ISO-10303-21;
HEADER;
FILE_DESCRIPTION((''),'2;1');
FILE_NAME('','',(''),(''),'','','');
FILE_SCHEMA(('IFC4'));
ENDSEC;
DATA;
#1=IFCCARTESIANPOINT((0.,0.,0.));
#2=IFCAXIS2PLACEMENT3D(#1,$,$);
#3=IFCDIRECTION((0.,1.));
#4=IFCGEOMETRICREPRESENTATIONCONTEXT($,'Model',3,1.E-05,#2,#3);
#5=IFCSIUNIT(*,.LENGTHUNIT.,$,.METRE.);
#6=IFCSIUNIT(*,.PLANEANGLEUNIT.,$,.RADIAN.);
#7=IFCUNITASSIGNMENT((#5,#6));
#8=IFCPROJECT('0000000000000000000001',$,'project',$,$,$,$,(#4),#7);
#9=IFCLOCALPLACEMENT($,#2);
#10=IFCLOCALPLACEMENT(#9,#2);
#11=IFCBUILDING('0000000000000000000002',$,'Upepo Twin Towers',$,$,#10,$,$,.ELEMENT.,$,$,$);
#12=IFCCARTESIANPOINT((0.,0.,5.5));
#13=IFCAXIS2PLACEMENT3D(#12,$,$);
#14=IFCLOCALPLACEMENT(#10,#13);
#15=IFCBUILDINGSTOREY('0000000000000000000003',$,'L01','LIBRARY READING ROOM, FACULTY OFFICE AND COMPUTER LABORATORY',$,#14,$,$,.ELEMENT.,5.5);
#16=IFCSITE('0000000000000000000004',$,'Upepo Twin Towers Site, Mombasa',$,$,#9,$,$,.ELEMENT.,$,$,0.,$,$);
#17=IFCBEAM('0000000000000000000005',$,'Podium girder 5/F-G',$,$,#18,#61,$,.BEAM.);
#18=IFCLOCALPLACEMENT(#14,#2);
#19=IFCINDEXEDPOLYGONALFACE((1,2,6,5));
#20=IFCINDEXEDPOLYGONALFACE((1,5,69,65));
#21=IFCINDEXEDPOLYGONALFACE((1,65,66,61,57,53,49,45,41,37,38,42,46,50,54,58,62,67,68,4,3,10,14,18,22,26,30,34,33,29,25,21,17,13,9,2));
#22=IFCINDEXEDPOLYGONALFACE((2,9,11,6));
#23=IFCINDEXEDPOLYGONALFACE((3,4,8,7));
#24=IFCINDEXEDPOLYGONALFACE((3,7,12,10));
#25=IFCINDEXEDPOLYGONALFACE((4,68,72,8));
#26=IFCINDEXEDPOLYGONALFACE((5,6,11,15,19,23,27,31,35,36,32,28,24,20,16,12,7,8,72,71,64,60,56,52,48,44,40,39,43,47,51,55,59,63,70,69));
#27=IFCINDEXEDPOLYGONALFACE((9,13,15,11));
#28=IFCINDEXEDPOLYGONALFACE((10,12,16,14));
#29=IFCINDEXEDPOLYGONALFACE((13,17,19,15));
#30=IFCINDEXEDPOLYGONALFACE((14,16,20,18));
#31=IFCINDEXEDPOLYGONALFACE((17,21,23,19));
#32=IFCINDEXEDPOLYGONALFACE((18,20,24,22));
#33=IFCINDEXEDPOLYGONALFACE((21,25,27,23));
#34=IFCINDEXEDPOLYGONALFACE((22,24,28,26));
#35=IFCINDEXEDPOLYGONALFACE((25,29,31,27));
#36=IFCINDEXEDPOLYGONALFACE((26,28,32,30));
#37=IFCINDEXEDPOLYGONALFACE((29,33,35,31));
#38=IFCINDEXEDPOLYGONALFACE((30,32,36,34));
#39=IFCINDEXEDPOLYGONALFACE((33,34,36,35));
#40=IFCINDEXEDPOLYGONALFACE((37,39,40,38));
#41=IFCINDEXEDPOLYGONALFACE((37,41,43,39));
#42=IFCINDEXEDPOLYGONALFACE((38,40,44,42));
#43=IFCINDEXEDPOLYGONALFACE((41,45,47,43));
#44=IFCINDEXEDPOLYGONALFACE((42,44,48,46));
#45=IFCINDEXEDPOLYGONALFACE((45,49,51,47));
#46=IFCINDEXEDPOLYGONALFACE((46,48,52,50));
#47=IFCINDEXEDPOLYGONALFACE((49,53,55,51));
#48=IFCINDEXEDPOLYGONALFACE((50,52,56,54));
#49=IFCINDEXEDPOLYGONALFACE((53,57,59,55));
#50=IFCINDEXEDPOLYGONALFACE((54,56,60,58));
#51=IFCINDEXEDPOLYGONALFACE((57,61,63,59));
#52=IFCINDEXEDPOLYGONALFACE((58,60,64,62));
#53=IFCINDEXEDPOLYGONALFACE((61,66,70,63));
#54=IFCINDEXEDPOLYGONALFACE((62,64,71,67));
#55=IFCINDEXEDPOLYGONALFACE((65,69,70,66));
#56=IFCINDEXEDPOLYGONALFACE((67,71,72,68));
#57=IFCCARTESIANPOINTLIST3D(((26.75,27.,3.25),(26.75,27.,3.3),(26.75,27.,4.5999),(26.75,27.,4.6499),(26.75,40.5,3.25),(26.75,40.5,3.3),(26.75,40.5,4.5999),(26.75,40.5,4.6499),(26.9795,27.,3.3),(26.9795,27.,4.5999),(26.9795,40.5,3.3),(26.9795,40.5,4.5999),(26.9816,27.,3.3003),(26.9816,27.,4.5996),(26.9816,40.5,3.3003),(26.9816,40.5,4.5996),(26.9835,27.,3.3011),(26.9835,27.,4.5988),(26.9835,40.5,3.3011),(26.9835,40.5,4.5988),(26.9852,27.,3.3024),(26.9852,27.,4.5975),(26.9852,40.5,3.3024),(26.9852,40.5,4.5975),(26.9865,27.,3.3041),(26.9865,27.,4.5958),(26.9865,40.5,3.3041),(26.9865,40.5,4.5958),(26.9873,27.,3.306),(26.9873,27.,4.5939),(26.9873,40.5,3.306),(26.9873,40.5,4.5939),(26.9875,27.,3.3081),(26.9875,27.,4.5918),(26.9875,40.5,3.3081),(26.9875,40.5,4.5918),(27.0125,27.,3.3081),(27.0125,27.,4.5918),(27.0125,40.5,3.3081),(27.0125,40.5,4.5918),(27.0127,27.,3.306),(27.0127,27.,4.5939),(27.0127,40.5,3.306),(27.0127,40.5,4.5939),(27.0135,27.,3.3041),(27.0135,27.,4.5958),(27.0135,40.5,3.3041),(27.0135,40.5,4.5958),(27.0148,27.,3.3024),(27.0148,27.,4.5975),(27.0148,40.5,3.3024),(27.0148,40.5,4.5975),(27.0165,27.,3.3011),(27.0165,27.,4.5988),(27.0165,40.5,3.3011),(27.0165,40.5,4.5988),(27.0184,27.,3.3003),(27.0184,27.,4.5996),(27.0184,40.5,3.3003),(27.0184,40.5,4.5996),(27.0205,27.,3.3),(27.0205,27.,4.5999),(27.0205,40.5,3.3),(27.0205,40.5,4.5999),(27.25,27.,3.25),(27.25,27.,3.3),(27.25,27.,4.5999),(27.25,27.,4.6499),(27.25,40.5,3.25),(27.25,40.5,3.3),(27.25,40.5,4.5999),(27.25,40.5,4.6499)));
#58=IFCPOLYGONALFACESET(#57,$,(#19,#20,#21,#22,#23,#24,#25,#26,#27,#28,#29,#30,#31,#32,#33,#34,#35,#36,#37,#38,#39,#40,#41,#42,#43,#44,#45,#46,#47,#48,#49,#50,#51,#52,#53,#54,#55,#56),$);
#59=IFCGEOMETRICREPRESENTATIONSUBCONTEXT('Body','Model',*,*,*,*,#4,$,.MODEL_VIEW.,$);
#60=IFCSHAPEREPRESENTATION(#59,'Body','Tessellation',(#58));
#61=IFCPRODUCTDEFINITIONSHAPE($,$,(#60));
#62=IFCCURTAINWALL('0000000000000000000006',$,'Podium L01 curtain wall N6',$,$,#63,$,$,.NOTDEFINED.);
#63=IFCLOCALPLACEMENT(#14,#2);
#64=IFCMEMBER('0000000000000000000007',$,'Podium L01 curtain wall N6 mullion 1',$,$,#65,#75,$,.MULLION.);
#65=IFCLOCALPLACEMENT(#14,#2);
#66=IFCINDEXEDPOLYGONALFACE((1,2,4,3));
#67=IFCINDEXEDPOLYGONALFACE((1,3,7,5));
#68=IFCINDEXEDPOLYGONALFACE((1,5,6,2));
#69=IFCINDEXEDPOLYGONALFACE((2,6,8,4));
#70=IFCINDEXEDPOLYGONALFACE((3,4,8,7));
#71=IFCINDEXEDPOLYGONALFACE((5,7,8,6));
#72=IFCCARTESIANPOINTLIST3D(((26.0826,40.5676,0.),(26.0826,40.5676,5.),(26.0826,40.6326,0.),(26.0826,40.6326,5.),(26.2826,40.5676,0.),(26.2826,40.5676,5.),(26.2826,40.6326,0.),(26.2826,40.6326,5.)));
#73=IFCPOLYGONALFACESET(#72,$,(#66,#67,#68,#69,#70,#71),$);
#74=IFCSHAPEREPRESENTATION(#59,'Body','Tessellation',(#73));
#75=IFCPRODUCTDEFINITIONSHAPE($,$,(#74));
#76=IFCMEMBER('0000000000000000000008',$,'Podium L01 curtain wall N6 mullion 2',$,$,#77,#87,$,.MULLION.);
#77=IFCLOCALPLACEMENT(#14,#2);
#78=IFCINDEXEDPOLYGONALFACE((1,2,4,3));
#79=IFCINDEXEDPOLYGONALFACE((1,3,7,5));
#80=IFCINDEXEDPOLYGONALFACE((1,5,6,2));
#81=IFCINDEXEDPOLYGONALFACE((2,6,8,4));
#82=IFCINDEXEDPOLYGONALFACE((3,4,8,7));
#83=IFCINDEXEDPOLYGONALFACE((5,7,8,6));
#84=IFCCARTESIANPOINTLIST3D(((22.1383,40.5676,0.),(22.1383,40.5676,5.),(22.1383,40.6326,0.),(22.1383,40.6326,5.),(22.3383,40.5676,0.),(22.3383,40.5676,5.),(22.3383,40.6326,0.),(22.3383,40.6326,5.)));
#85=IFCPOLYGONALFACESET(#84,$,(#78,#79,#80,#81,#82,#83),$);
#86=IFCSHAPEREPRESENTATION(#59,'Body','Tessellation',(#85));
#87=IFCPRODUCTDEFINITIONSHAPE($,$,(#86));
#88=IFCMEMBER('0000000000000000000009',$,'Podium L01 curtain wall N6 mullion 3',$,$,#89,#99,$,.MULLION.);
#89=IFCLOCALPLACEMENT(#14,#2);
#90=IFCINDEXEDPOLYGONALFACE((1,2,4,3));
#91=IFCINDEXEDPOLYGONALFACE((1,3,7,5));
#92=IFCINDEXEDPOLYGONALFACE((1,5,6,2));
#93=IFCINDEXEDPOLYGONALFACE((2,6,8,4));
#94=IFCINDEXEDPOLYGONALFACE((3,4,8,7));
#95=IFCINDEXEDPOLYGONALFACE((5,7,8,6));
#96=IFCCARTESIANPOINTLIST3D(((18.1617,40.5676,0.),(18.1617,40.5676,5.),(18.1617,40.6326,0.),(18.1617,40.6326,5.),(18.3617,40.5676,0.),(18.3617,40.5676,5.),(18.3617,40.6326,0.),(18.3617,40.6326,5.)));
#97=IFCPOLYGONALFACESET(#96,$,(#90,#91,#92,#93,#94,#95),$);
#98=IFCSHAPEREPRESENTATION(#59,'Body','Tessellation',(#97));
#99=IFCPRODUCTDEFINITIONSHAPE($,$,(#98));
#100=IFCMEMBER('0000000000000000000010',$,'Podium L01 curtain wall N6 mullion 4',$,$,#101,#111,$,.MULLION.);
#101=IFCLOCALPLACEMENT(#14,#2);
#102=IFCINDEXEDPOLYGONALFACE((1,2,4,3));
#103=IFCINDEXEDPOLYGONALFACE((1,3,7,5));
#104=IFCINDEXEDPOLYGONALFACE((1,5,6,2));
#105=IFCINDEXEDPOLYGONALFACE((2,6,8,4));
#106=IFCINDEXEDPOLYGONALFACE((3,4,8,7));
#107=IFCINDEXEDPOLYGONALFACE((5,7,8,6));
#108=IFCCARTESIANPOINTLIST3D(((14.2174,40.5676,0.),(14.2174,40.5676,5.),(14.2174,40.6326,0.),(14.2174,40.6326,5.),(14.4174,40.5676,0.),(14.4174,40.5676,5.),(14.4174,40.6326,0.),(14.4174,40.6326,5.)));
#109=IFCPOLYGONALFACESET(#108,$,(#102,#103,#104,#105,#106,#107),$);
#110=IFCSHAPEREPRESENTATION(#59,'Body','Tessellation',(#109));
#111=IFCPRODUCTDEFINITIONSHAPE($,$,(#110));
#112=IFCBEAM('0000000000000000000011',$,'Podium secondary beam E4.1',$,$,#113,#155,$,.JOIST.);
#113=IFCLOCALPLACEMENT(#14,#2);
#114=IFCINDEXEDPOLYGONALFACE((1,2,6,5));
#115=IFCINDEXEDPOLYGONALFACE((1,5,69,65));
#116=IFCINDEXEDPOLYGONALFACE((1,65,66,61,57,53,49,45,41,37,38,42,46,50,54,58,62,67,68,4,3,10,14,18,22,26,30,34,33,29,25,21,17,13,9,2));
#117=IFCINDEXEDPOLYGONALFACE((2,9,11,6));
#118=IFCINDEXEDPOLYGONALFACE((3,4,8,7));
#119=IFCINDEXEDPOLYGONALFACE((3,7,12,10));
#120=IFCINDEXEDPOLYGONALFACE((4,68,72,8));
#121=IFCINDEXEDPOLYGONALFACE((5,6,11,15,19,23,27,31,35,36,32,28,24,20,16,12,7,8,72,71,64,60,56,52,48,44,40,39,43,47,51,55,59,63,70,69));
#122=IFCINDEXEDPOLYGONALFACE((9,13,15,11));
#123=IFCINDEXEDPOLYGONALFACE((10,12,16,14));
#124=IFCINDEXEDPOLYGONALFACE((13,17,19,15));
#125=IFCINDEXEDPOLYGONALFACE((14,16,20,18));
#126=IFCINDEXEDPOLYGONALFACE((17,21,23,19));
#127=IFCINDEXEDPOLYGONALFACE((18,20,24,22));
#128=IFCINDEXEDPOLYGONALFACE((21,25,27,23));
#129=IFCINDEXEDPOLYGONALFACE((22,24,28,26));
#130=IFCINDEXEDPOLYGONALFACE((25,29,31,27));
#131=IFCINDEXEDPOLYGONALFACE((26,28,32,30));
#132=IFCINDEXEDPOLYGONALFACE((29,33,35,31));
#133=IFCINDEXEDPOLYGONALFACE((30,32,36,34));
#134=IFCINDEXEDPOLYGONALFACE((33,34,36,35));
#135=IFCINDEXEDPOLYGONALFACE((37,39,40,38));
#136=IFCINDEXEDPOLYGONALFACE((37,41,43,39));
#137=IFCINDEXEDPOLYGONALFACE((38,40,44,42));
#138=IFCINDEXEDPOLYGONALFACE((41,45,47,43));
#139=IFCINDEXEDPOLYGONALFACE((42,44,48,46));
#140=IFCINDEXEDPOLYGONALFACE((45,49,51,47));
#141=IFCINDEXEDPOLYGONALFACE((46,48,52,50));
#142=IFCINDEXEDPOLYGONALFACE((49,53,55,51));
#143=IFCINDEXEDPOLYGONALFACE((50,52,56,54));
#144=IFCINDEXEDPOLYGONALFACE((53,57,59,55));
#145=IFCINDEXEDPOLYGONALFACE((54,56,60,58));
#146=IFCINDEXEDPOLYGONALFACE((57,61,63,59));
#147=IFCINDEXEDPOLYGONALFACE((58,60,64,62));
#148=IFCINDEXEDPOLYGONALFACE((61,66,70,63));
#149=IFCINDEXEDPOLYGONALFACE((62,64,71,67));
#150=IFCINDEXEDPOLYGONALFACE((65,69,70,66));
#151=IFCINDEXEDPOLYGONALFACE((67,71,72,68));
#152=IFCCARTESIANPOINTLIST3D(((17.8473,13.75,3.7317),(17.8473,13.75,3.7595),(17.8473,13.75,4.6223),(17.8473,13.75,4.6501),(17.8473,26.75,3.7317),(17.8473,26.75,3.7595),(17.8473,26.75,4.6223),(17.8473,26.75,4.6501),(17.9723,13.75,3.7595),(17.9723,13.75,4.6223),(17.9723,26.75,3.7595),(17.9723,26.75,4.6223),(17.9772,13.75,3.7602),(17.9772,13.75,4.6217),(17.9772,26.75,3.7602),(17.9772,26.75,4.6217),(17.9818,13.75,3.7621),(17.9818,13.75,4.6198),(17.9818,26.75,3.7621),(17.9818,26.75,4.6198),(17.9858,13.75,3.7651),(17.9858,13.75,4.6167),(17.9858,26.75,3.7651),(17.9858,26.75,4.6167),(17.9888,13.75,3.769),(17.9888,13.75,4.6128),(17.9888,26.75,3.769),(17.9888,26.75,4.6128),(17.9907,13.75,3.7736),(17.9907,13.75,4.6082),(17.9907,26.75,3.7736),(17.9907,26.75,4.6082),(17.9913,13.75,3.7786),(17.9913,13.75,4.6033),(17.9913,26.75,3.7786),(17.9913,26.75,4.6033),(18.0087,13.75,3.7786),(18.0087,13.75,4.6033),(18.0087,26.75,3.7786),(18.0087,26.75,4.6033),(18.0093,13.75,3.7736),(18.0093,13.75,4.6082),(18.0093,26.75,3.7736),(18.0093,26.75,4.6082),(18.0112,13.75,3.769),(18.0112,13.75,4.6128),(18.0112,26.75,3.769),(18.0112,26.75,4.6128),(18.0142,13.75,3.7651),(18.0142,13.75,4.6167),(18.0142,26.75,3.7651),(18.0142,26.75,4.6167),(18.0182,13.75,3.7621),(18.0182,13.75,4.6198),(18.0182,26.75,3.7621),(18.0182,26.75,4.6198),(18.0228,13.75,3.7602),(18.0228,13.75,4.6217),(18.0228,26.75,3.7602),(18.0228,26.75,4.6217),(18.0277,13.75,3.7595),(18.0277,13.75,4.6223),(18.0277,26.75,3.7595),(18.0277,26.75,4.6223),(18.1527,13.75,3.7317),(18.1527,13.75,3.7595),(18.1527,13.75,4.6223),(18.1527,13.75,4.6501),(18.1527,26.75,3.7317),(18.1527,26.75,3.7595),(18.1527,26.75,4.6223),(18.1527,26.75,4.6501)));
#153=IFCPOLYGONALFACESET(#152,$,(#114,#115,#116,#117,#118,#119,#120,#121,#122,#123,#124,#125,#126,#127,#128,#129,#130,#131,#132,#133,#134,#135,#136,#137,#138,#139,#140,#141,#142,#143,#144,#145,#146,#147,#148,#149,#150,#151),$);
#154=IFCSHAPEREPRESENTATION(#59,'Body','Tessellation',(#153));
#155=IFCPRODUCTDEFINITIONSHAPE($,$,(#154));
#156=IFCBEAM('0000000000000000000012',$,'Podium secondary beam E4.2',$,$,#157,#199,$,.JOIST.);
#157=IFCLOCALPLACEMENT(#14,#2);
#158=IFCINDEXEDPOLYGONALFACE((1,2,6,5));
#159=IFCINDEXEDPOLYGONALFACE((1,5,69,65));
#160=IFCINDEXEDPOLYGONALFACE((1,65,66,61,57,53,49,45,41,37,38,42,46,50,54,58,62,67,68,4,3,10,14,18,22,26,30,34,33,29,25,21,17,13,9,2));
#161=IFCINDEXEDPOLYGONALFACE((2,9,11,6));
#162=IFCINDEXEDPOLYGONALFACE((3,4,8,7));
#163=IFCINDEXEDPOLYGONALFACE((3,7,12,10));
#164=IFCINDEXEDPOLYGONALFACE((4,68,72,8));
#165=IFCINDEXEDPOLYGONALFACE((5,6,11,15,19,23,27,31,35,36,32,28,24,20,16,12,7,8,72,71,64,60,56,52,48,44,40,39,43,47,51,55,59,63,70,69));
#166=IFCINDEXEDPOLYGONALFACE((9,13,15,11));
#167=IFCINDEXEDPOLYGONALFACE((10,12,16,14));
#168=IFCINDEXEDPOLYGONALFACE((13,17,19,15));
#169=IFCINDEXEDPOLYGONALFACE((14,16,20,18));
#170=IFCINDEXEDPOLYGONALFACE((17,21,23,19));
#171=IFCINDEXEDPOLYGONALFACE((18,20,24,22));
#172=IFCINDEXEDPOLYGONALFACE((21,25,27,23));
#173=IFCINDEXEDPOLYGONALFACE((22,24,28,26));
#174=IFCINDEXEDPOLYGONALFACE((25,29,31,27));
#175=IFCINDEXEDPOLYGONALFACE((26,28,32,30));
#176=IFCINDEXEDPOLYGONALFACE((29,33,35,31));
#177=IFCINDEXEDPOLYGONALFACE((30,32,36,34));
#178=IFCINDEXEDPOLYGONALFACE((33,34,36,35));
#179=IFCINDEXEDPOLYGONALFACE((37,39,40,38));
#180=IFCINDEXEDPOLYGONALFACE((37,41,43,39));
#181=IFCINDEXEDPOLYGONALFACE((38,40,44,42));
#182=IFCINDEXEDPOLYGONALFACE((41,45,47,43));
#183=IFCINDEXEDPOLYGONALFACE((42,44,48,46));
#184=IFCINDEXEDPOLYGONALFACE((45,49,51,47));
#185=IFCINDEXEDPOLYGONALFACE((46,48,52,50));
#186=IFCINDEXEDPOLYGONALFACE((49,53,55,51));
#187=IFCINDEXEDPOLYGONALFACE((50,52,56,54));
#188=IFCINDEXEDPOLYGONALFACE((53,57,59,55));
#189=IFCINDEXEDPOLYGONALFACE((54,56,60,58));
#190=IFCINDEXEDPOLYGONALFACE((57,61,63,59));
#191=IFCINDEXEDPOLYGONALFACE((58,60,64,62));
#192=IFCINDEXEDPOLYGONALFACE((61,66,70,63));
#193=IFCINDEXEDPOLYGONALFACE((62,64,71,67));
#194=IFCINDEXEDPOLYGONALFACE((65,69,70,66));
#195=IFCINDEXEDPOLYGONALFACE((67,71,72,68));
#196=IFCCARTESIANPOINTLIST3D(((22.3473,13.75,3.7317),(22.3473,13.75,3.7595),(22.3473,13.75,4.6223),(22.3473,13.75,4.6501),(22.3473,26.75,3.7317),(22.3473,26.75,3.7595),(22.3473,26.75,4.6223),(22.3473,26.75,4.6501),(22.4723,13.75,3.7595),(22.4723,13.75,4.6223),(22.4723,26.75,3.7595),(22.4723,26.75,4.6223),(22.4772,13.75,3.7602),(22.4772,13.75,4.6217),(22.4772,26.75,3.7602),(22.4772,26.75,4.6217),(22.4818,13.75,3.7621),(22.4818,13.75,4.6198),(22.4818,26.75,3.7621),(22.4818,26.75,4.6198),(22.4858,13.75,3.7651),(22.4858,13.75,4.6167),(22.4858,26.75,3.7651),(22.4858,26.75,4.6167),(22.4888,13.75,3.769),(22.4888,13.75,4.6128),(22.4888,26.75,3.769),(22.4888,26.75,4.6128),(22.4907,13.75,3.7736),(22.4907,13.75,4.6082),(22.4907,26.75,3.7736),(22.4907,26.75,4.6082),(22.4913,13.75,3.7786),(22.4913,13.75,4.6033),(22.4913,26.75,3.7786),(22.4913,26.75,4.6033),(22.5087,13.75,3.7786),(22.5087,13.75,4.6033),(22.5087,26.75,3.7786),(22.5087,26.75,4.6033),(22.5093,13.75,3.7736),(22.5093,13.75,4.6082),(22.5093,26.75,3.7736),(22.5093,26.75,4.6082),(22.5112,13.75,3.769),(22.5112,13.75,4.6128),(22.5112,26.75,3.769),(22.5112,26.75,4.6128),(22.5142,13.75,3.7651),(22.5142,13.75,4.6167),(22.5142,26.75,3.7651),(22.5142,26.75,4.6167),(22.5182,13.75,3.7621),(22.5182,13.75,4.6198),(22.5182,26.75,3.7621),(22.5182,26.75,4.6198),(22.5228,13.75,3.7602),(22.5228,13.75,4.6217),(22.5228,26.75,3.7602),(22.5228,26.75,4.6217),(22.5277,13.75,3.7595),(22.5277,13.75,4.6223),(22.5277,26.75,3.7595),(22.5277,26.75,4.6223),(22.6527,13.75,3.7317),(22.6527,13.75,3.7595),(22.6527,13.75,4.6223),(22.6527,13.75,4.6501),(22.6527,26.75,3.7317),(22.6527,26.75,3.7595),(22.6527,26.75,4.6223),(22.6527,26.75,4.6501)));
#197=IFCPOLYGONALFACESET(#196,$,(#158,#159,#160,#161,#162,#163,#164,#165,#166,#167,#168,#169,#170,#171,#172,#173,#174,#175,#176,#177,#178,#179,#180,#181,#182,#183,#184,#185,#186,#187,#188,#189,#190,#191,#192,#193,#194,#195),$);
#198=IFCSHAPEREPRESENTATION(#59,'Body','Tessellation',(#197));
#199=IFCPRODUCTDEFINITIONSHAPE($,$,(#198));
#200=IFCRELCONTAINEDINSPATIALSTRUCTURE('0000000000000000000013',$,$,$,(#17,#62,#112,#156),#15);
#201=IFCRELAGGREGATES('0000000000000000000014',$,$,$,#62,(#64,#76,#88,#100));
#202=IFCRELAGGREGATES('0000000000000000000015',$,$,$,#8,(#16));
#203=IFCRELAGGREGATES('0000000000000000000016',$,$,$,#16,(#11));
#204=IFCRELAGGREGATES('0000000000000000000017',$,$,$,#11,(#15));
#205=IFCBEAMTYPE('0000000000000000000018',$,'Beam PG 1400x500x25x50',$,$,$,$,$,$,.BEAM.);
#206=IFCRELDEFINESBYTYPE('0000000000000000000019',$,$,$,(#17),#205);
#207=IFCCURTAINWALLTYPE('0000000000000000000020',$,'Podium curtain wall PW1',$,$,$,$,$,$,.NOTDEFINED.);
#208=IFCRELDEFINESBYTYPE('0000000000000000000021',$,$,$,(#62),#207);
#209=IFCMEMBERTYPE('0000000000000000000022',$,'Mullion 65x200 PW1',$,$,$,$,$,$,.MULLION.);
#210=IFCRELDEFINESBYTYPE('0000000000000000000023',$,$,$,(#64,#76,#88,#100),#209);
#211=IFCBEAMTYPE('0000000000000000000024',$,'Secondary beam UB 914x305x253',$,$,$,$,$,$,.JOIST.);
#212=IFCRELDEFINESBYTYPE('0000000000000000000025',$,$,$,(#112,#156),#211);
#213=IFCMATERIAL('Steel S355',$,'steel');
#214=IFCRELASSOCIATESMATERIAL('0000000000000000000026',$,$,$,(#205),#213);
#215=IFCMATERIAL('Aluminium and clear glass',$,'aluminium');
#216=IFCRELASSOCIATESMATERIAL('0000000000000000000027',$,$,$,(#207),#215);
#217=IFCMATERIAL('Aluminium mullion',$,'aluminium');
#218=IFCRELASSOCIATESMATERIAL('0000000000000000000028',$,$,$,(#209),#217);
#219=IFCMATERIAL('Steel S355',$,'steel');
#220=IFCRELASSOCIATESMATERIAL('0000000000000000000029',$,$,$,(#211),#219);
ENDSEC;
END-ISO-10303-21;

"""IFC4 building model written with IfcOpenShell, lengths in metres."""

from ifc_helpers import new_model, si_unit, direction, frame, origin, origin_2d, place, context, subcontext, project, spatial, rectangle, i_section, extrude, material, material_profile, profile_set, type_object, element, aggregate, save


model = new_model("IFC4")

# Units and contexts
model_context = context("Model", 3, precision=1e-05, world=origin(), true_north=direction((0.0, 1.0)))
body_context = subcontext(model_context, "Body", "Model", "MODEL_VIEW")
ifc_project = project(units=[si_unit("LENGTHUNIT", "METRE"), si_unit("PLANEANGLEUNIT", "RADIAN")], contexts=[model_context])

# Site, building, storey
site_placement = place(None, origin())
site = spatial("IfcSite", under=ifc_project, at=site_placement, Name="Upepo Twin Towers Site, Mombasa", CompositionType="ELEMENT", RefElevation=0.0)
building_placement = place(site_placement, origin())
building = spatial("IfcBuilding", under=site, at=building_placement, Name="Upepo Twin Towers", CompositionType="ELEMENT")
storey_placement = place(building_placement, frame((0.0, 0.0, 5.5)))
storey = spatial("IfcBuildingStorey", under=building, at=storey_placement, Name="L01", Description="LIBRARY READING ROOM, FACULTY OFFICE AND COMPUTER LABORATORY", CompositionType="ELEMENT", Elevation=5.5)

# Beam
ifc_material_1 = material(Name="Steel S355", Category="steel")
ifc_material_profile_1 = material_profile(ifc_material_1, i_section(OverallWidth=0.5, OverallDepth=1.3999, WebThickness=0.0249, FlangeThickness=0.05, FilletRadius=0.0081, at=origin_2d()), Name="PG 1400x500x25x50")
ifc_profile_set_1 = profile_set([ifc_material_profile_1], Name="Steel S355")
beam_type_1 = type_object("IfcBeamType", Name="Beam PG 1400x500x25x50", PredefinedType="BEAM", material=ifc_profile_set_1)
for number, where, z_axis, x_axis, name in (
    (1, (27.0, 27.0, 3.95), (0.0, 1.0, 0.0), (-1.0, 0.0, 0.0), "Podium girder 5/F-G"),
):
    element("IfcBeam", number, at=place(storey_placement, frame(where, z_axis=z_axis, x_axis=x_axis)), inside=storey, type_object=beam_type_1, Name=name, PredefinedType="BEAM", context=body_context, shape_type="SweptSolid", body=[
        extrude(i_section(OverallWidth=0.5, OverallDepth=1.3999, WebThickness=0.0249, FlangeThickness=0.05, FilletRadius=0.0081, at=origin_2d()), origin(), (0.0, 0.0, 1.0), 13.5),
    ])

# Curtain wall, members
ifc_material_2 = material(Name="Aluminium and clear glass", Category="aluminium")
curtain_wall_type = type_object("IfcCurtainWallType", Name="Podium curtain wall PW1", PredefinedType="NOTDEFINED", material=ifc_material_2)
curtain_wall_placement = place(storey_placement, origin())
curtain_wall = element("IfcCurtainWall", 2, at=curtain_wall_placement, inside=storey, type_object=curtain_wall_type, Name="Podium L01 curtain wall N6", PredefinedType="NOTDEFINED")
ifc_material_3 = material(Name="Aluminium mullion", Category="aluminium")
ifc_material_profile_2 = material_profile(ifc_material_3, rectangle(XDim=0.0649, YDim=0.2, at=origin_2d()), Name="MULLION 65x200 PODIUM")
ifc_profile_set_2 = profile_set([ifc_material_profile_2], Name="Aluminium mullion")
member_type_1 = type_object("IfcMemberType", Name="Mullion 65x200 PW1", PredefinedType="MULLION", material=ifc_profile_set_2)
member_1_placement = place(storey_placement, frame((26.1826, 40.6001, 0.0), z_axis=(0.0, 0.0, 1.0), x_axis=(0.0, -1.0, 0.0)))
member_1 = element("IfcMember", 3, at=member_1_placement, type_object=member_type_1, Name="Podium L01 curtain wall N6 mullion 1", PredefinedType="MULLION", context=body_context, shape_type="SweptSolid", body=[
    extrude(rectangle(XDim=0.0649, YDim=0.2, at=origin_2d()), origin(), (0.0, 0.0, 1.0), 5.0),
])
member_2_placement = place(storey_placement, frame((22.2383, 40.6001, 0.0), z_axis=(0.0, 0.0, 1.0), x_axis=(0.0, -1.0, 0.0)))
member_2 = element("IfcMember", 4, at=member_2_placement, type_object=member_type_1, Name="Podium L01 curtain wall N6 mullion 2", PredefinedType="MULLION", context=body_context, shape_type="SweptSolid", body=[
    extrude(rectangle(XDim=0.0649, YDim=0.2, at=origin_2d()), origin(), (0.0, 0.0, 1.0), 5.0),
])
member_3_placement = place(storey_placement, frame((18.2617, 40.6001, 0.0), z_axis=(0.0, 0.0, 1.0), x_axis=(0.0, -1.0, 0.0)))
member_3 = element("IfcMember", 5, at=member_3_placement, type_object=member_type_1, Name="Podium L01 curtain wall N6 mullion 3", PredefinedType="MULLION", context=body_context, shape_type="SweptSolid", body=[
    extrude(rectangle(XDim=0.0649, YDim=0.2, at=origin_2d()), origin(), (0.0, 0.0, 1.0), 5.0),
])
member_4_placement = place(storey_placement, frame((14.3174, 40.6001, 0.0), z_axis=(0.0, 0.0, 1.0), x_axis=(0.0, -1.0, 0.0)))
member_4 = element("IfcMember", 6, at=member_4_placement, type_object=member_type_1, Name="Podium L01 curtain wall N6 mullion 4", PredefinedType="MULLION", context=body_context, shape_type="SweptSolid", body=[
    extrude(rectangle(XDim=0.0649, YDim=0.2, at=origin_2d()), origin(), (0.0, 0.0, 1.0), 5.0),
])

# Beams
ifc_material_4 = material(Name="Steel S355", Category="steel")
ifc_material_profile_3 = material_profile(ifc_material_4, i_section(OverallWidth=0.3054, OverallDepth=0.9185, WebThickness=0.0173, FlangeThickness=0.0278, FilletRadius=0.019, at=origin_2d()), Name="UB 914x305x253")
ifc_profile_set_3 = profile_set([ifc_material_profile_3], Name="Steel S355")
beam_type_2 = type_object("IfcBeamType", Name="Secondary beam UB 914x305x253", PredefinedType="JOIST", material=ifc_profile_set_3)
for number, where, z_axis, x_axis, name in (
    (7, (18.0, 13.75, 4.1909), (0.0, 1.0, 0.0), (-1.0, 0.0, 0.0), "Podium secondary beam E4.1"),
    (8, (22.5, 13.75, 4.1909), (0.0, 1.0, 0.0), (-1.0, 0.0, 0.0), "Podium secondary beam E4.2"),
):
    element("IfcBeam", number, at=place(storey_placement, frame(where, z_axis=z_axis, x_axis=x_axis)), inside=storey, type_object=beam_type_2, Name=name, PredefinedType="JOIST", context=body_context, shape_type="SweptSolid", body=[
        extrude(i_section(OverallWidth=0.3054, OverallDepth=0.9185, WebThickness=0.0173, FlangeThickness=0.0278, FilletRadius=0.019, at=origin_2d()), origin(), (0.0, 0.0, 1.0), 13.0),
    ])

aggregate(curtain_wall, [member_1, member_2, member_3, member_4])

save(model, "model.ifc")
